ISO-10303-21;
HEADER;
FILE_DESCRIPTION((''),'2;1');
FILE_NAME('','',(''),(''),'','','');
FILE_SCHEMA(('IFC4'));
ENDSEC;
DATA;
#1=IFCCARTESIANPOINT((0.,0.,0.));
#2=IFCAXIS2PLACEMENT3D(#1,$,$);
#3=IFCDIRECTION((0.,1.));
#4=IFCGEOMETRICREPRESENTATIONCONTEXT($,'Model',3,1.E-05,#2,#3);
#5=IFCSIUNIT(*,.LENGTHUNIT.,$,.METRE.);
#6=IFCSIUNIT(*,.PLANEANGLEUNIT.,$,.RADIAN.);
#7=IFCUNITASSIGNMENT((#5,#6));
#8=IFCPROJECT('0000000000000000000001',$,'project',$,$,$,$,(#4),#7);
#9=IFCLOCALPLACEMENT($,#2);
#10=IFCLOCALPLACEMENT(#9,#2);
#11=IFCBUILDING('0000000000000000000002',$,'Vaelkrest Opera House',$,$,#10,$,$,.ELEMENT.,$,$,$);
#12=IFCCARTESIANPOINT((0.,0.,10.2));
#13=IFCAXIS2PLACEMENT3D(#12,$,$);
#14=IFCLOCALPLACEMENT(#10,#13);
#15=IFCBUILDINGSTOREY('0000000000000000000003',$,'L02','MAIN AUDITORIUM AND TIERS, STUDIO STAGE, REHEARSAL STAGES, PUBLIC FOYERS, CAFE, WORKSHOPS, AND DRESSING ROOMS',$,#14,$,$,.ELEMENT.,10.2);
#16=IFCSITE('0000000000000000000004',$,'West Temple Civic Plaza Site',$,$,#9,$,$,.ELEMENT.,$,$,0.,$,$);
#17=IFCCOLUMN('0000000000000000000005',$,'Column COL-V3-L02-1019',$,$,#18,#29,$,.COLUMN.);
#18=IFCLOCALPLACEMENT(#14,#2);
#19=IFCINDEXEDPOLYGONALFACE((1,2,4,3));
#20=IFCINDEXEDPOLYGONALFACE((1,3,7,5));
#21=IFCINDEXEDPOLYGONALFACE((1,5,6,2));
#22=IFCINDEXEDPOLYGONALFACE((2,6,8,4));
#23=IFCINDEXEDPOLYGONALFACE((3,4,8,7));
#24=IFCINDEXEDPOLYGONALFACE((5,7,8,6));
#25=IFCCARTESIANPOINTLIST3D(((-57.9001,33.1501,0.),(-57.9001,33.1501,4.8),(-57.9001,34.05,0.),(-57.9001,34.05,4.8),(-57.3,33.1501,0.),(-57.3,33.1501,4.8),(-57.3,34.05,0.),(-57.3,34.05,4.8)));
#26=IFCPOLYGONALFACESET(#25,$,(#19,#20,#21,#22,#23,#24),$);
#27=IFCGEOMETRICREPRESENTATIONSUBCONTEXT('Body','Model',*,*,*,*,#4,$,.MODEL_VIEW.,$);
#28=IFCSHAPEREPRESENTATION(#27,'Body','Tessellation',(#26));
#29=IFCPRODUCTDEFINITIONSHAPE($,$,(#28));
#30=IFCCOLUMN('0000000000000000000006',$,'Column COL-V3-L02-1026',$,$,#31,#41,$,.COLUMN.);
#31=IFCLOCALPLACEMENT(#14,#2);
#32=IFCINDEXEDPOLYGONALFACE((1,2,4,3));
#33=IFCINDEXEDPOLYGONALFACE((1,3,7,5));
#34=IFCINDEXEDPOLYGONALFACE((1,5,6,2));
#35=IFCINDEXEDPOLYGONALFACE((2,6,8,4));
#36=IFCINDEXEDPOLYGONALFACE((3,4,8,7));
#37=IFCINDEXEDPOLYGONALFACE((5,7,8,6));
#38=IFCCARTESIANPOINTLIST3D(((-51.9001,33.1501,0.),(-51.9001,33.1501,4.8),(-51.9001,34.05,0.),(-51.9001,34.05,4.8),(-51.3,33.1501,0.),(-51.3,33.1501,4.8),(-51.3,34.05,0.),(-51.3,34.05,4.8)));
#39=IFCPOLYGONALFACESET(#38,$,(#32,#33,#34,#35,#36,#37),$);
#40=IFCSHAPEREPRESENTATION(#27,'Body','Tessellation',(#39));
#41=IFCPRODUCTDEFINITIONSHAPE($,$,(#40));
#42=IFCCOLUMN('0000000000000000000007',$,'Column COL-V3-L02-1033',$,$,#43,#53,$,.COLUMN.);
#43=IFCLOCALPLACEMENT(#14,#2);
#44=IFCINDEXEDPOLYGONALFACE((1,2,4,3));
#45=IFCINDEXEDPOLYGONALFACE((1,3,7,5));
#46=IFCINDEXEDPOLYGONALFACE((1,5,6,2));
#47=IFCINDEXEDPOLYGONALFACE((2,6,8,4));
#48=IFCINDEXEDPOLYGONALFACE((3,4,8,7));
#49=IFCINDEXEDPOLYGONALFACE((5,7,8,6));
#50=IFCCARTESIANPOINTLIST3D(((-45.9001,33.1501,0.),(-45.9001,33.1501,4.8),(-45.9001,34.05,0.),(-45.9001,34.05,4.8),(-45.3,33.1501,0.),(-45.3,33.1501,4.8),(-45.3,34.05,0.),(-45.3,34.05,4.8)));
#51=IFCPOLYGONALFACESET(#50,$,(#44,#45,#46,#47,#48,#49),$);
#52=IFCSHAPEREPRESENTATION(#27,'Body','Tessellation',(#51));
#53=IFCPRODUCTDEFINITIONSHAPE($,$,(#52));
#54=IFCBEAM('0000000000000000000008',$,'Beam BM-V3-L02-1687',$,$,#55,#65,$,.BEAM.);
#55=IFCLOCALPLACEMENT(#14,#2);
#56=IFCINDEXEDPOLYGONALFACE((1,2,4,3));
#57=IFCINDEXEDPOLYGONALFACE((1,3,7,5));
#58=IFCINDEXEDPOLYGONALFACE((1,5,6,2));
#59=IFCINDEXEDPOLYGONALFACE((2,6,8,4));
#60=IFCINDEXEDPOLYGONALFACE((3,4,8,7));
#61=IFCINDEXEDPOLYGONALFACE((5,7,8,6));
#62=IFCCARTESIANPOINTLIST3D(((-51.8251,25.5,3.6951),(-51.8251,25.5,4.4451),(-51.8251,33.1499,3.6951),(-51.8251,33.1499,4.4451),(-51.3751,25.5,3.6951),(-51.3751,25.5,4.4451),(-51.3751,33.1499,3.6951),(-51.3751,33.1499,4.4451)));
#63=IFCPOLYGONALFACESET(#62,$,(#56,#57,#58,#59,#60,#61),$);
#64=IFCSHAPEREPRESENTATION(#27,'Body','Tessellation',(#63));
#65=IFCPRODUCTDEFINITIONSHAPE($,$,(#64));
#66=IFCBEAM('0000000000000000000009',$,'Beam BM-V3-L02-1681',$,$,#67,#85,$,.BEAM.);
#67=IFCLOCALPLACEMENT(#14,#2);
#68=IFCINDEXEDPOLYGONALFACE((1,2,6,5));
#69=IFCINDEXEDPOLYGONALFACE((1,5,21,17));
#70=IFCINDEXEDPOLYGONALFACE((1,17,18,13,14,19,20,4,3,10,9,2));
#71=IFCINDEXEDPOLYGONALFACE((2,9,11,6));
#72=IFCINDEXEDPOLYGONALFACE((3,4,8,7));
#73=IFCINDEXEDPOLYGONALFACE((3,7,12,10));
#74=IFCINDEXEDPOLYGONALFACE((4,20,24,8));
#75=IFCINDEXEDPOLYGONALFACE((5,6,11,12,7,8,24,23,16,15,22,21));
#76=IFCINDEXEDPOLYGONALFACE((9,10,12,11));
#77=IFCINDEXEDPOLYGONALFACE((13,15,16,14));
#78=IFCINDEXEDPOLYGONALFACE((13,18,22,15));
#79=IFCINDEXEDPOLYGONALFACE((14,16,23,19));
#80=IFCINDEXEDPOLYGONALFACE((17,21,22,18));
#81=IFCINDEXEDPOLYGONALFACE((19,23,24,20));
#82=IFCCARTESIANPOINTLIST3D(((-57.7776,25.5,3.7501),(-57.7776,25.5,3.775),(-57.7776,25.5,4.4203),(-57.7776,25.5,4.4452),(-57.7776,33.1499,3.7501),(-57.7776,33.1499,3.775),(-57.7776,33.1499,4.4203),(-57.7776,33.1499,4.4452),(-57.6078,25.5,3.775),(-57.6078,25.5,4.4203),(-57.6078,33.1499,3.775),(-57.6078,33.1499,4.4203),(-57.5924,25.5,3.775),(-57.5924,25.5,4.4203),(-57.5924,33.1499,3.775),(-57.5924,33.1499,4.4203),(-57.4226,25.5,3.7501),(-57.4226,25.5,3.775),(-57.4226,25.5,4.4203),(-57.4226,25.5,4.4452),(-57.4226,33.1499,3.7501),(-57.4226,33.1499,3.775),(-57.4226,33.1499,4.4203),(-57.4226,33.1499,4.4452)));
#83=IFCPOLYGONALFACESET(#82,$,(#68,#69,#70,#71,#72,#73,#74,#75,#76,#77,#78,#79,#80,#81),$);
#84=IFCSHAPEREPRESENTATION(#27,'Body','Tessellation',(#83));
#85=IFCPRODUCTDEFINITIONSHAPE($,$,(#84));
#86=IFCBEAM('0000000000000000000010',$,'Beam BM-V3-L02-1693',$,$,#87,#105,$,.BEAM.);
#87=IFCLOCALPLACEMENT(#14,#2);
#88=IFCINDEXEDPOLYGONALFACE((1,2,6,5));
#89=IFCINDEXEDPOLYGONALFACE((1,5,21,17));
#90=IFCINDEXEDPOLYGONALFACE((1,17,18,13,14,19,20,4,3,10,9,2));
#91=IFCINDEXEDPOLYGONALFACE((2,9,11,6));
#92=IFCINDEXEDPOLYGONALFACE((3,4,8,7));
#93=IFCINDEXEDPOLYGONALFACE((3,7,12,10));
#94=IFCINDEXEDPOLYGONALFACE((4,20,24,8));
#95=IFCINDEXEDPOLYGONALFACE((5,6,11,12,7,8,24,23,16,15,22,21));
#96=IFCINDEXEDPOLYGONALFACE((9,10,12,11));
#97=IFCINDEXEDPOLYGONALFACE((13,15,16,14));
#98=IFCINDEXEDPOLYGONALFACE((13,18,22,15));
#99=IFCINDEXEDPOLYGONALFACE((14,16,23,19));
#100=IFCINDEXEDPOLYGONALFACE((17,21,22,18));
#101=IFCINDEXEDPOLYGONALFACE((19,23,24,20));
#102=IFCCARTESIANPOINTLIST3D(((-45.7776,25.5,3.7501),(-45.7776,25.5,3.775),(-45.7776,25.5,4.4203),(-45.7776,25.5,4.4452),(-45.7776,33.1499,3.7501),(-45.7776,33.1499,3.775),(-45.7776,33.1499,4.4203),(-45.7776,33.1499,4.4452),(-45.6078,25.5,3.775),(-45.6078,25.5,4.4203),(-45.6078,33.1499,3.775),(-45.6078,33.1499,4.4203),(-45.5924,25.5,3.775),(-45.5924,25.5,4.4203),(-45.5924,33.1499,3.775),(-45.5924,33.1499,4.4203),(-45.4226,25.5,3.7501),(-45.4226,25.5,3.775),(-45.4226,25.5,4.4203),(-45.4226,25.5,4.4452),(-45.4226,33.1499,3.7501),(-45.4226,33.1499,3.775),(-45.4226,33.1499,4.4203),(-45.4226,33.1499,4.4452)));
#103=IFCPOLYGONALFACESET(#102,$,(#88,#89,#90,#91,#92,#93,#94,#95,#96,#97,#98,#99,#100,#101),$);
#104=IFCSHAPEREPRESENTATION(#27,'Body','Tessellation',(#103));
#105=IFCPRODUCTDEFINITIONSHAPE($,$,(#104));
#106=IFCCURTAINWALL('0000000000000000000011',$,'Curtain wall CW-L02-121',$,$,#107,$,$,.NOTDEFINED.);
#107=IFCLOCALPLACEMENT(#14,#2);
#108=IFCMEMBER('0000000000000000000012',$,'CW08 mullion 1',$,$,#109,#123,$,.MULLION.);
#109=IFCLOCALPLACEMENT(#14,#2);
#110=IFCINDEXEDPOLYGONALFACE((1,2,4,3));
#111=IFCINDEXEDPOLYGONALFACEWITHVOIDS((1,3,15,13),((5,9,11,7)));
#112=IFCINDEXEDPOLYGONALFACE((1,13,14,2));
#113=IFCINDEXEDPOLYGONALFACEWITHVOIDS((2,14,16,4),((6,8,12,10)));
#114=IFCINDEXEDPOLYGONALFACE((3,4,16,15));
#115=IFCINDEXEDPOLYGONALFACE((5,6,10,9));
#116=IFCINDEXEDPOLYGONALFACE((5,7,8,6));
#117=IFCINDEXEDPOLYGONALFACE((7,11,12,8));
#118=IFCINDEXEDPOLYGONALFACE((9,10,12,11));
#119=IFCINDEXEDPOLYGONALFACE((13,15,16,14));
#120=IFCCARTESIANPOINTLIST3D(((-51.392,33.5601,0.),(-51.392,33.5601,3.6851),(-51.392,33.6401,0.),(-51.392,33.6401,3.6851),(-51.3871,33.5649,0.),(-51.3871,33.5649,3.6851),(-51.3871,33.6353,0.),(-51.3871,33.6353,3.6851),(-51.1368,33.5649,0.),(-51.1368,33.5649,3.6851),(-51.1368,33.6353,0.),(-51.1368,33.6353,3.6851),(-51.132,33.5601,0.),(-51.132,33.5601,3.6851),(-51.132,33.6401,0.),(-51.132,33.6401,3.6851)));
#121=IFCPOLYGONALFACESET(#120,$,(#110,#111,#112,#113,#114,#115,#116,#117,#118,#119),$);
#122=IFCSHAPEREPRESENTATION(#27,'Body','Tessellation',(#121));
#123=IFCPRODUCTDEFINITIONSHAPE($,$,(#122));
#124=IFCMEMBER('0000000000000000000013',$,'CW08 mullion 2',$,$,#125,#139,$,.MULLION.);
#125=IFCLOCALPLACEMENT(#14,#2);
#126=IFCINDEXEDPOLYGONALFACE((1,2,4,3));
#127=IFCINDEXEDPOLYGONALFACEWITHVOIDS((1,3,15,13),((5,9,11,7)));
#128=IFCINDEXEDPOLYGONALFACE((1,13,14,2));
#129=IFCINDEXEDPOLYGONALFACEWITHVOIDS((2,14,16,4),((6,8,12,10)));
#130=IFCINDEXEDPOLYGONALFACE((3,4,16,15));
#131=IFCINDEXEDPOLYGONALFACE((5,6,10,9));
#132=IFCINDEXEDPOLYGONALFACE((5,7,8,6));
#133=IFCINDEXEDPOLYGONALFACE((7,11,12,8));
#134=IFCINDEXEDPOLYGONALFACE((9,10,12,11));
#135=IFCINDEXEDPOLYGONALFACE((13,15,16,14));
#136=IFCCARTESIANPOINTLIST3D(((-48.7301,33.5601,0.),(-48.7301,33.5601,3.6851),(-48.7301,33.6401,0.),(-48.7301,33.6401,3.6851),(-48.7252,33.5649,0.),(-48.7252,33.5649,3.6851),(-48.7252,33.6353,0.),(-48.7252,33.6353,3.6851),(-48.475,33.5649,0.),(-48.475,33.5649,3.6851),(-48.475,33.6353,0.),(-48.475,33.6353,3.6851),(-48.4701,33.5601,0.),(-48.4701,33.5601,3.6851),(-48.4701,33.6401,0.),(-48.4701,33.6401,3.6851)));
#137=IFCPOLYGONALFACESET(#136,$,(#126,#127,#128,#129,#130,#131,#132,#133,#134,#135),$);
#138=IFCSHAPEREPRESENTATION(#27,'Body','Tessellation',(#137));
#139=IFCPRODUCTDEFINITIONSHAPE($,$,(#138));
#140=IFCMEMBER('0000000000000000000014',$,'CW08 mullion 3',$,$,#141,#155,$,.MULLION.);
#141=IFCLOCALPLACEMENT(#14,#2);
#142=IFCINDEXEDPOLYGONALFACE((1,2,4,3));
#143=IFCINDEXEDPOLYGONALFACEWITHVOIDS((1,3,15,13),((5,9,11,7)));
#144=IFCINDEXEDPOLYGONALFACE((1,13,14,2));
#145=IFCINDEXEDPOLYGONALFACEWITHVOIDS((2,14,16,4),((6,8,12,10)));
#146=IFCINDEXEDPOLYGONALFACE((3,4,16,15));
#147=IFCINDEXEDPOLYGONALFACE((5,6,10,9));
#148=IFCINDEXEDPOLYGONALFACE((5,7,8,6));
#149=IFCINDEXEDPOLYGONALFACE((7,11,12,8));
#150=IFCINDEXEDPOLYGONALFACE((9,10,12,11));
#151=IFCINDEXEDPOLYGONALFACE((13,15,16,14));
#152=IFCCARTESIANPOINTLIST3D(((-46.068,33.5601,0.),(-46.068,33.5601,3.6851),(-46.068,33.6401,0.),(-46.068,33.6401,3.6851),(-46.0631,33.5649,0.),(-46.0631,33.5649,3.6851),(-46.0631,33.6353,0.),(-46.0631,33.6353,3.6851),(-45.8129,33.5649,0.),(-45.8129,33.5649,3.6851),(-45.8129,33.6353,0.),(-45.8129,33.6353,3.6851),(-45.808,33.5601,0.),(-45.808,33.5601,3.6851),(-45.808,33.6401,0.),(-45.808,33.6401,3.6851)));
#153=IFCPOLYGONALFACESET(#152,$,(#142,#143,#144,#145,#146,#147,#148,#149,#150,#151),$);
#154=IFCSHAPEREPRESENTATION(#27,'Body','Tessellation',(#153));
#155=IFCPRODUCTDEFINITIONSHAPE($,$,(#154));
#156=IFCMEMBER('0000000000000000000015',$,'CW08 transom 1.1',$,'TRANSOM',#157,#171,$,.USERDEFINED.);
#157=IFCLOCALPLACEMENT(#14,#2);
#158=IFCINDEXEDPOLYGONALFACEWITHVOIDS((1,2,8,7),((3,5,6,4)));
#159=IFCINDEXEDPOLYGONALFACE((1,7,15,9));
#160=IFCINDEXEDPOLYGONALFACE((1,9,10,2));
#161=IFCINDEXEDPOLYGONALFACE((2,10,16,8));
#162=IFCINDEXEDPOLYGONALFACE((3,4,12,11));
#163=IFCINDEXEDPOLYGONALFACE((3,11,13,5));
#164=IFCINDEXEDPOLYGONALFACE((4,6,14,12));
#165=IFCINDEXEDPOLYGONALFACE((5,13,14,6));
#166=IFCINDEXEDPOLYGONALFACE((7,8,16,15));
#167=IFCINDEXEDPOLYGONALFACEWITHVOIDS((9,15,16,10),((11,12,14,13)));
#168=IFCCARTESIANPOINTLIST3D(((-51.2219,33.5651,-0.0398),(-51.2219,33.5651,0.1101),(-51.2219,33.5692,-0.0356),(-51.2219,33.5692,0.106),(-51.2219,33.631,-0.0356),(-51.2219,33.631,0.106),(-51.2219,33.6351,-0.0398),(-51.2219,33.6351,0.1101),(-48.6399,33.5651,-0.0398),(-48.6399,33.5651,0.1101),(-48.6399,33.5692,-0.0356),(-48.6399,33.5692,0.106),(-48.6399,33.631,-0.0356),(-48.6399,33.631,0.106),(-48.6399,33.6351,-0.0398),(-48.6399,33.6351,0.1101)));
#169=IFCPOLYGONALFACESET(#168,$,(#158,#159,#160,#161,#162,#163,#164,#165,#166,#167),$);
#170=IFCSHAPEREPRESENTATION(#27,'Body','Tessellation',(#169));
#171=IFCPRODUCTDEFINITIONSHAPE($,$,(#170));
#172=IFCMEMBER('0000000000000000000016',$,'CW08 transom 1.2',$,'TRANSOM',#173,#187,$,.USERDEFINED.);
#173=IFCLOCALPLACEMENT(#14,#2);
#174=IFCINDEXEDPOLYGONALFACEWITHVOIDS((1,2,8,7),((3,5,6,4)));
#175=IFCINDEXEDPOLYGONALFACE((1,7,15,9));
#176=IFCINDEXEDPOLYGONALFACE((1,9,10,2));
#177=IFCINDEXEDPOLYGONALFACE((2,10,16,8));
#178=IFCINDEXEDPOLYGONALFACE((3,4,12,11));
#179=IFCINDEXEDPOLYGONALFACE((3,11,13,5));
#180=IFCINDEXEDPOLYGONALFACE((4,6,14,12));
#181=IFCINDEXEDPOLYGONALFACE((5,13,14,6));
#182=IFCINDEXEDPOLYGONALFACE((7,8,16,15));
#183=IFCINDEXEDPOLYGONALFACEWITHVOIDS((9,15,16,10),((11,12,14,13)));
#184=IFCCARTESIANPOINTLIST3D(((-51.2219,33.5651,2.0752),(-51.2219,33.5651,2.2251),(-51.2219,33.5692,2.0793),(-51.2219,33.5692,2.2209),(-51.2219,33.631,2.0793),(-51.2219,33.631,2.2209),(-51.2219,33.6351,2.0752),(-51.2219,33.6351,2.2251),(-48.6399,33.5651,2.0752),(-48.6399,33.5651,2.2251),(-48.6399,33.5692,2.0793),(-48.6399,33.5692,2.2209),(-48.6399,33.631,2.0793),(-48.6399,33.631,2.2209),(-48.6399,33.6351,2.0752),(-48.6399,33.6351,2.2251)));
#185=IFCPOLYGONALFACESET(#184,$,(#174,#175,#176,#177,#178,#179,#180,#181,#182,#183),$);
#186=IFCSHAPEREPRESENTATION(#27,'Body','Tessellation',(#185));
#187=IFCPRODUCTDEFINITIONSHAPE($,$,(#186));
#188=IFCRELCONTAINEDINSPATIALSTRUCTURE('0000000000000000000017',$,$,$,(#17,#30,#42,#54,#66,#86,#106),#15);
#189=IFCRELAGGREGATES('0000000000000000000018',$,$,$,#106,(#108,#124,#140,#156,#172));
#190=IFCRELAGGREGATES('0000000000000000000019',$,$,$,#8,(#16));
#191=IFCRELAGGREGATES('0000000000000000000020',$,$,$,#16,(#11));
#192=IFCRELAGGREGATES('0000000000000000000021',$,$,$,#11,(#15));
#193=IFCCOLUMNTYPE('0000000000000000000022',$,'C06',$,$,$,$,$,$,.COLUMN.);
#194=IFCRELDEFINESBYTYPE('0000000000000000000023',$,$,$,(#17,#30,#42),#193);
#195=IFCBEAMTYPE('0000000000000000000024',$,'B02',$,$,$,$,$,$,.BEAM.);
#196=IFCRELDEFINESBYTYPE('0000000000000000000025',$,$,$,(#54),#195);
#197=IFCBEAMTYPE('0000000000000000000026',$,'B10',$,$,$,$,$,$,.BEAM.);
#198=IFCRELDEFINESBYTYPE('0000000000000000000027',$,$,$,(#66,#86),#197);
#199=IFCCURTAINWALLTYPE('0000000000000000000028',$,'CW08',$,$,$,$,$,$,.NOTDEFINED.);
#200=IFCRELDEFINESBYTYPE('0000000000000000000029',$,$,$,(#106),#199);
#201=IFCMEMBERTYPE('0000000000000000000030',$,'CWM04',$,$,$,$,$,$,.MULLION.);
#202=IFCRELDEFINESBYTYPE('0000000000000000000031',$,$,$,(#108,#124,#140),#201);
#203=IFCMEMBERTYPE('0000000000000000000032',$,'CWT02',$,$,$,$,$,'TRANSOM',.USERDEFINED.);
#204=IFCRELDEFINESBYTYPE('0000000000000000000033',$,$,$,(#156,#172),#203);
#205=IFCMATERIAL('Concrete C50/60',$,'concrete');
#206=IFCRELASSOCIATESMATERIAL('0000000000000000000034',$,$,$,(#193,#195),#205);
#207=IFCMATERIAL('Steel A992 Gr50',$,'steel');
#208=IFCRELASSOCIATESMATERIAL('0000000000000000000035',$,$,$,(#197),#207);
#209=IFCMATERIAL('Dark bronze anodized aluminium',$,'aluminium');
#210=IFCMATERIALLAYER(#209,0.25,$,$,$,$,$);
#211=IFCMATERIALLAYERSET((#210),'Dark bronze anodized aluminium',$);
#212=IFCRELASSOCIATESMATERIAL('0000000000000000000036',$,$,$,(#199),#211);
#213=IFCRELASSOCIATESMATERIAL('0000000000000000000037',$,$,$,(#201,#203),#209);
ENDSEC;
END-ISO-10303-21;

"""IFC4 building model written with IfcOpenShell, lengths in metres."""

from ifc_helpers import new_model, si_unit, direction, frame, origin, origin_2d, place, context, subcontext, project, spatial, rectangle, hollow_rectangle, i_section, extrude, material, layer, layer_set, material_profile, profile_set, type_object, element, aggregate, save


model = new_model("IFC4")

# Units and contexts
model_context = context("Model", 3, precision=1e-05, world=origin(), true_north=direction((0.0, 1.0)))
body_context = subcontext(model_context, "Body", "Model", "MODEL_VIEW")
ifc_project = project(units=[si_unit("LENGTHUNIT", "METRE"), si_unit("PLANEANGLEUNIT", "RADIAN")], contexts=[model_context])

# Site, building, storey
site_placement = place(None, origin())
site = spatial("IfcSite", under=ifc_project, at=site_placement, Name="West Temple Civic Plaza Site", CompositionType="ELEMENT", RefElevation=0.0)
building_placement = place(site_placement, origin())
building = spatial("IfcBuilding", under=site, at=building_placement, Name="Vaelkrest Opera House", CompositionType="ELEMENT")
storey_placement = place(building_placement, frame((0.0, 0.0, 10.2)))
storey = spatial("IfcBuildingStorey", under=building, at=storey_placement, Name="L02", Description="MAIN AUDITORIUM AND TIERS, STUDIO STAGE, REHEARSAL STAGES, PUBLIC FOYERS, CAFE, WORKSHOPS, AND DRESSING ROOMS", CompositionType="ELEMENT", Elevation=10.2)

# Columns
ifc_material_1 = material(Name="Concrete C50/60", Category="concrete")
ifc_material_profile_1 = material_profile(ifc_material_1, rectangle(XDim=0.6001, YDim=0.8999, at=origin_2d()), Name="RC600X900")
ifc_profile_set_1 = profile_set([ifc_material_profile_1], Name="Concrete C50/60")
column_type = type_object("IfcColumnType", Name="C06", PredefinedType="COLUMN", material=ifc_profile_set_1)
for number, where, z_axis, x_axis, name in (
    (1, (-57.6001, 33.6001, 0.0), (0.0, 0.0, 1.0), (1.0, 0.0, 0.0), "Column COL-V3-L02-1019"),
    (2, (-51.6001, 33.6001, 0.0), (0.0, 0.0, 1.0), (1.0, 0.0, 0.0), "Column COL-V3-L02-1026"),
    (3, (-45.6001, 33.6001, 0.0), (0.0, 0.0, 1.0), (1.0, 0.0, 0.0), "Column COL-V3-L02-1033"),
):
    element("IfcColumn", number, at=place(storey_placement, frame(where, z_axis=z_axis, x_axis=x_axis)), inside=storey, type_object=column_type, Name=name, PredefinedType="COLUMN", context=body_context, shape_type="SweptSolid", body=[
        extrude(rectangle(XDim=0.6001, YDim=0.8999, at=origin_2d()), origin(), (0.0, 0.0, 1.0), 4.8),
    ])

# Beams
ifc_material_profile_2 = material_profile(ifc_material_1, rectangle(XDim=0.45, YDim=0.75, at=origin_2d()), Name="RCB450X750")
ifc_profile_set_2 = profile_set([ifc_material_profile_2], Name="Concrete C50/60")
beam_type_1 = type_object("IfcBeamType", Name="B02", PredefinedType="BEAM", material=ifc_profile_set_2)
beam_1_placement = place(storey_placement, frame((-51.6001, 25.5, 4.0701), z_axis=(0.0, 1.0, 0.0), x_axis=(-1.0, 0.0, 0.0)))
element("IfcBeam", 4, at=beam_1_placement, inside=storey, type_object=beam_type_1, Name="Beam BM-V3-L02-1687", PredefinedType="BEAM", context=body_context, shape_type="SweptSolid", body=[
    extrude(rectangle(XDim=0.45, YDim=0.75, at=origin_2d()), origin(), (0.0, 0.0, 1.0), 7.6499),
])
ifc_material_2 = material(Name="Steel A992 Gr50", Category="steel")
ifc_material_profile_3 = material_profile(ifc_material_2, i_section(OverallWidth=0.355, OverallDepth=0.6951, WebThickness=0.0154, FlangeThickness=0.0249, at=origin_2d()), Name="W27X146")
ifc_profile_set_3 = profile_set([ifc_material_profile_3], Name="Steel A992 Gr50")
beam_type_2 = type_object("IfcBeamType", Name="B10", PredefinedType="BEAM", material=ifc_profile_set_3)
for number, where, z_axis, x_axis, name in (
    (5, (-57.6001, 25.5, 4.0977), (0.0, 1.0, 0.0), (-1.0, 0.0, 0.0), "Beam BM-V3-L02-1681"),
    (6, (-45.6001, 25.5, 4.0977), (0.0, 1.0, 0.0), (-1.0, 0.0, 0.0), "Beam BM-V3-L02-1693"),
):
    element("IfcBeam", number, at=place(storey_placement, frame(where, z_axis=z_axis, x_axis=x_axis)), inside=storey, type_object=beam_type_2, Name=name, PredefinedType="BEAM", context=body_context, shape_type="SweptSolid", body=[
        extrude(i_section(OverallWidth=0.355, OverallDepth=0.6951, WebThickness=0.0154, FlangeThickness=0.0249, at=origin_2d()), origin(), (0.0, 0.0, 1.0), 7.6499),
    ])

# Curtain wall, members
ifc_material_3 = material(Name="Dark bronze anodized aluminium", Category="aluminium")
ifc_layer_1 = layer(ifc_material_3, 0.25)
ifc_layer_set_1 = layer_set([ifc_layer_1], Name="Dark bronze anodized aluminium")
curtain_wall_type = type_object("IfcCurtainWallType", Name="CW08", PredefinedType="NOTDEFINED", material=ifc_layer_set_1)
curtain_wall_placement = place(storey_placement, origin())
curtain_wall = element("IfcCurtainWall", 7, at=curtain_wall_placement, inside=storey, type_object=curtain_wall_type, Name="Curtain wall CW-L02-121", PredefinedType="NOTDEFINED")
ifc_material_profile_4 = material_profile(ifc_material_3, hollow_rectangle(XDim=0.0801, YDim=0.26, WallThickness=0.0049, at=origin_2d()), Name="CWM80X260")
ifc_profile_set_4 = profile_set([ifc_material_profile_4], Name="Dark bronze anodized aluminium")
member_type_1 = type_object("IfcMemberType", Name="CWM04", PredefinedType="MULLION", material=ifc_profile_set_4)
member_1_placement = place(storey_placement, frame((-51.262, 33.6001, 0.0), z_axis=(0.0, 0.0, 1.0), x_axis=(0.0, 1.0, 0.0)))
member_1 = element("IfcMember", 8, at=member_1_placement, type_object=member_type_1, Name="CW08 mullion 1", PredefinedType="MULLION", context=body_context, shape_type="SweptSolid", body=[
    extrude(hollow_rectangle(XDim=0.0801, YDim=0.26, WallThickness=0.0049, at=origin_2d()), origin(), (0.0, 0.0, 1.0), 3.6851),
])
member_2_placement = place(storey_placement, frame((-48.6001, 33.6001, 0.0), z_axis=(0.0, 0.0, 1.0), x_axis=(0.0, 1.0, 0.0)))
member_2 = element("IfcMember", 9, at=member_2_placement, type_object=member_type_1, Name="CW08 mullion 2", PredefinedType="MULLION", context=body_context, shape_type="SweptSolid", body=[
    extrude(hollow_rectangle(XDim=0.0801, YDim=0.26, WallThickness=0.0049, at=origin_2d()), origin(), (0.0, 0.0, 1.0), 3.6851),
])
member_3_placement = place(storey_placement, frame((-45.938, 33.6001, 0.0), z_axis=(0.0, 0.0, 1.0), x_axis=(0.0, 1.0, 0.0)))
member_3 = element("IfcMember", 10, at=member_3_placement, type_object=member_type_1, Name="CW08 mullion 3", PredefinedType="MULLION", context=body_context, shape_type="SweptSolid", body=[
    extrude(hollow_rectangle(XDim=0.0801, YDim=0.26, WallThickness=0.0049, at=origin_2d()), origin(), (0.0, 0.0, 1.0), 3.6851),
])
ifc_material_profile_5 = material_profile(ifc_material_3, hollow_rectangle(XDim=0.0701, YDim=0.1499, WallThickness=0.0042, at=origin_2d()), Name="CWT70X150")
ifc_profile_set_5 = profile_set([ifc_material_profile_5], Name="Dark bronze anodized aluminium")
member_type_2 = type_object("IfcMemberType", Name="CWT02", ElementType="TRANSOM", PredefinedType="USERDEFINED", material=ifc_profile_set_5)
member_4_placement = place(storey_placement, frame((-51.2219, 33.6001, 0.0352), z_axis=(1.0, 0.0, 0.0), x_axis=(0.0, 1.0, 0.0)))
member_4 = element("IfcMember", 11, at=member_4_placement, type_object=member_type_2, Name="CW08 transom 1.1", ObjectType="TRANSOM", PredefinedType="USERDEFINED", context=body_context, shape_type="SweptSolid", body=[
    extrude(hollow_rectangle(XDim=0.0701, YDim=0.1499, WallThickness=0.0042, at=origin_2d()), origin(), (0.0, 0.0, 1.0), 2.582),
])
member_5_placement = place(storey_placement, frame((-51.2219, 33.6001, 2.1501), z_axis=(1.0, 0.0, 0.0), x_axis=(0.0, 1.0, 0.0)))
member_5 = element("IfcMember", 12, at=member_5_placement, type_object=member_type_2, Name="CW08 transom 1.2", ObjectType="TRANSOM", PredefinedType="USERDEFINED", context=body_context, shape_type="SweptSolid", body=[
    extrude(hollow_rectangle(XDim=0.0701, YDim=0.1499, WallThickness=0.0042, at=origin_2d()), origin(), (0.0, 0.0, 1.0), 2.582),
])

aggregate(curtain_wall, [member_1, member_2, member_3, member_4, member_5])

save(model, "model.ifc")
